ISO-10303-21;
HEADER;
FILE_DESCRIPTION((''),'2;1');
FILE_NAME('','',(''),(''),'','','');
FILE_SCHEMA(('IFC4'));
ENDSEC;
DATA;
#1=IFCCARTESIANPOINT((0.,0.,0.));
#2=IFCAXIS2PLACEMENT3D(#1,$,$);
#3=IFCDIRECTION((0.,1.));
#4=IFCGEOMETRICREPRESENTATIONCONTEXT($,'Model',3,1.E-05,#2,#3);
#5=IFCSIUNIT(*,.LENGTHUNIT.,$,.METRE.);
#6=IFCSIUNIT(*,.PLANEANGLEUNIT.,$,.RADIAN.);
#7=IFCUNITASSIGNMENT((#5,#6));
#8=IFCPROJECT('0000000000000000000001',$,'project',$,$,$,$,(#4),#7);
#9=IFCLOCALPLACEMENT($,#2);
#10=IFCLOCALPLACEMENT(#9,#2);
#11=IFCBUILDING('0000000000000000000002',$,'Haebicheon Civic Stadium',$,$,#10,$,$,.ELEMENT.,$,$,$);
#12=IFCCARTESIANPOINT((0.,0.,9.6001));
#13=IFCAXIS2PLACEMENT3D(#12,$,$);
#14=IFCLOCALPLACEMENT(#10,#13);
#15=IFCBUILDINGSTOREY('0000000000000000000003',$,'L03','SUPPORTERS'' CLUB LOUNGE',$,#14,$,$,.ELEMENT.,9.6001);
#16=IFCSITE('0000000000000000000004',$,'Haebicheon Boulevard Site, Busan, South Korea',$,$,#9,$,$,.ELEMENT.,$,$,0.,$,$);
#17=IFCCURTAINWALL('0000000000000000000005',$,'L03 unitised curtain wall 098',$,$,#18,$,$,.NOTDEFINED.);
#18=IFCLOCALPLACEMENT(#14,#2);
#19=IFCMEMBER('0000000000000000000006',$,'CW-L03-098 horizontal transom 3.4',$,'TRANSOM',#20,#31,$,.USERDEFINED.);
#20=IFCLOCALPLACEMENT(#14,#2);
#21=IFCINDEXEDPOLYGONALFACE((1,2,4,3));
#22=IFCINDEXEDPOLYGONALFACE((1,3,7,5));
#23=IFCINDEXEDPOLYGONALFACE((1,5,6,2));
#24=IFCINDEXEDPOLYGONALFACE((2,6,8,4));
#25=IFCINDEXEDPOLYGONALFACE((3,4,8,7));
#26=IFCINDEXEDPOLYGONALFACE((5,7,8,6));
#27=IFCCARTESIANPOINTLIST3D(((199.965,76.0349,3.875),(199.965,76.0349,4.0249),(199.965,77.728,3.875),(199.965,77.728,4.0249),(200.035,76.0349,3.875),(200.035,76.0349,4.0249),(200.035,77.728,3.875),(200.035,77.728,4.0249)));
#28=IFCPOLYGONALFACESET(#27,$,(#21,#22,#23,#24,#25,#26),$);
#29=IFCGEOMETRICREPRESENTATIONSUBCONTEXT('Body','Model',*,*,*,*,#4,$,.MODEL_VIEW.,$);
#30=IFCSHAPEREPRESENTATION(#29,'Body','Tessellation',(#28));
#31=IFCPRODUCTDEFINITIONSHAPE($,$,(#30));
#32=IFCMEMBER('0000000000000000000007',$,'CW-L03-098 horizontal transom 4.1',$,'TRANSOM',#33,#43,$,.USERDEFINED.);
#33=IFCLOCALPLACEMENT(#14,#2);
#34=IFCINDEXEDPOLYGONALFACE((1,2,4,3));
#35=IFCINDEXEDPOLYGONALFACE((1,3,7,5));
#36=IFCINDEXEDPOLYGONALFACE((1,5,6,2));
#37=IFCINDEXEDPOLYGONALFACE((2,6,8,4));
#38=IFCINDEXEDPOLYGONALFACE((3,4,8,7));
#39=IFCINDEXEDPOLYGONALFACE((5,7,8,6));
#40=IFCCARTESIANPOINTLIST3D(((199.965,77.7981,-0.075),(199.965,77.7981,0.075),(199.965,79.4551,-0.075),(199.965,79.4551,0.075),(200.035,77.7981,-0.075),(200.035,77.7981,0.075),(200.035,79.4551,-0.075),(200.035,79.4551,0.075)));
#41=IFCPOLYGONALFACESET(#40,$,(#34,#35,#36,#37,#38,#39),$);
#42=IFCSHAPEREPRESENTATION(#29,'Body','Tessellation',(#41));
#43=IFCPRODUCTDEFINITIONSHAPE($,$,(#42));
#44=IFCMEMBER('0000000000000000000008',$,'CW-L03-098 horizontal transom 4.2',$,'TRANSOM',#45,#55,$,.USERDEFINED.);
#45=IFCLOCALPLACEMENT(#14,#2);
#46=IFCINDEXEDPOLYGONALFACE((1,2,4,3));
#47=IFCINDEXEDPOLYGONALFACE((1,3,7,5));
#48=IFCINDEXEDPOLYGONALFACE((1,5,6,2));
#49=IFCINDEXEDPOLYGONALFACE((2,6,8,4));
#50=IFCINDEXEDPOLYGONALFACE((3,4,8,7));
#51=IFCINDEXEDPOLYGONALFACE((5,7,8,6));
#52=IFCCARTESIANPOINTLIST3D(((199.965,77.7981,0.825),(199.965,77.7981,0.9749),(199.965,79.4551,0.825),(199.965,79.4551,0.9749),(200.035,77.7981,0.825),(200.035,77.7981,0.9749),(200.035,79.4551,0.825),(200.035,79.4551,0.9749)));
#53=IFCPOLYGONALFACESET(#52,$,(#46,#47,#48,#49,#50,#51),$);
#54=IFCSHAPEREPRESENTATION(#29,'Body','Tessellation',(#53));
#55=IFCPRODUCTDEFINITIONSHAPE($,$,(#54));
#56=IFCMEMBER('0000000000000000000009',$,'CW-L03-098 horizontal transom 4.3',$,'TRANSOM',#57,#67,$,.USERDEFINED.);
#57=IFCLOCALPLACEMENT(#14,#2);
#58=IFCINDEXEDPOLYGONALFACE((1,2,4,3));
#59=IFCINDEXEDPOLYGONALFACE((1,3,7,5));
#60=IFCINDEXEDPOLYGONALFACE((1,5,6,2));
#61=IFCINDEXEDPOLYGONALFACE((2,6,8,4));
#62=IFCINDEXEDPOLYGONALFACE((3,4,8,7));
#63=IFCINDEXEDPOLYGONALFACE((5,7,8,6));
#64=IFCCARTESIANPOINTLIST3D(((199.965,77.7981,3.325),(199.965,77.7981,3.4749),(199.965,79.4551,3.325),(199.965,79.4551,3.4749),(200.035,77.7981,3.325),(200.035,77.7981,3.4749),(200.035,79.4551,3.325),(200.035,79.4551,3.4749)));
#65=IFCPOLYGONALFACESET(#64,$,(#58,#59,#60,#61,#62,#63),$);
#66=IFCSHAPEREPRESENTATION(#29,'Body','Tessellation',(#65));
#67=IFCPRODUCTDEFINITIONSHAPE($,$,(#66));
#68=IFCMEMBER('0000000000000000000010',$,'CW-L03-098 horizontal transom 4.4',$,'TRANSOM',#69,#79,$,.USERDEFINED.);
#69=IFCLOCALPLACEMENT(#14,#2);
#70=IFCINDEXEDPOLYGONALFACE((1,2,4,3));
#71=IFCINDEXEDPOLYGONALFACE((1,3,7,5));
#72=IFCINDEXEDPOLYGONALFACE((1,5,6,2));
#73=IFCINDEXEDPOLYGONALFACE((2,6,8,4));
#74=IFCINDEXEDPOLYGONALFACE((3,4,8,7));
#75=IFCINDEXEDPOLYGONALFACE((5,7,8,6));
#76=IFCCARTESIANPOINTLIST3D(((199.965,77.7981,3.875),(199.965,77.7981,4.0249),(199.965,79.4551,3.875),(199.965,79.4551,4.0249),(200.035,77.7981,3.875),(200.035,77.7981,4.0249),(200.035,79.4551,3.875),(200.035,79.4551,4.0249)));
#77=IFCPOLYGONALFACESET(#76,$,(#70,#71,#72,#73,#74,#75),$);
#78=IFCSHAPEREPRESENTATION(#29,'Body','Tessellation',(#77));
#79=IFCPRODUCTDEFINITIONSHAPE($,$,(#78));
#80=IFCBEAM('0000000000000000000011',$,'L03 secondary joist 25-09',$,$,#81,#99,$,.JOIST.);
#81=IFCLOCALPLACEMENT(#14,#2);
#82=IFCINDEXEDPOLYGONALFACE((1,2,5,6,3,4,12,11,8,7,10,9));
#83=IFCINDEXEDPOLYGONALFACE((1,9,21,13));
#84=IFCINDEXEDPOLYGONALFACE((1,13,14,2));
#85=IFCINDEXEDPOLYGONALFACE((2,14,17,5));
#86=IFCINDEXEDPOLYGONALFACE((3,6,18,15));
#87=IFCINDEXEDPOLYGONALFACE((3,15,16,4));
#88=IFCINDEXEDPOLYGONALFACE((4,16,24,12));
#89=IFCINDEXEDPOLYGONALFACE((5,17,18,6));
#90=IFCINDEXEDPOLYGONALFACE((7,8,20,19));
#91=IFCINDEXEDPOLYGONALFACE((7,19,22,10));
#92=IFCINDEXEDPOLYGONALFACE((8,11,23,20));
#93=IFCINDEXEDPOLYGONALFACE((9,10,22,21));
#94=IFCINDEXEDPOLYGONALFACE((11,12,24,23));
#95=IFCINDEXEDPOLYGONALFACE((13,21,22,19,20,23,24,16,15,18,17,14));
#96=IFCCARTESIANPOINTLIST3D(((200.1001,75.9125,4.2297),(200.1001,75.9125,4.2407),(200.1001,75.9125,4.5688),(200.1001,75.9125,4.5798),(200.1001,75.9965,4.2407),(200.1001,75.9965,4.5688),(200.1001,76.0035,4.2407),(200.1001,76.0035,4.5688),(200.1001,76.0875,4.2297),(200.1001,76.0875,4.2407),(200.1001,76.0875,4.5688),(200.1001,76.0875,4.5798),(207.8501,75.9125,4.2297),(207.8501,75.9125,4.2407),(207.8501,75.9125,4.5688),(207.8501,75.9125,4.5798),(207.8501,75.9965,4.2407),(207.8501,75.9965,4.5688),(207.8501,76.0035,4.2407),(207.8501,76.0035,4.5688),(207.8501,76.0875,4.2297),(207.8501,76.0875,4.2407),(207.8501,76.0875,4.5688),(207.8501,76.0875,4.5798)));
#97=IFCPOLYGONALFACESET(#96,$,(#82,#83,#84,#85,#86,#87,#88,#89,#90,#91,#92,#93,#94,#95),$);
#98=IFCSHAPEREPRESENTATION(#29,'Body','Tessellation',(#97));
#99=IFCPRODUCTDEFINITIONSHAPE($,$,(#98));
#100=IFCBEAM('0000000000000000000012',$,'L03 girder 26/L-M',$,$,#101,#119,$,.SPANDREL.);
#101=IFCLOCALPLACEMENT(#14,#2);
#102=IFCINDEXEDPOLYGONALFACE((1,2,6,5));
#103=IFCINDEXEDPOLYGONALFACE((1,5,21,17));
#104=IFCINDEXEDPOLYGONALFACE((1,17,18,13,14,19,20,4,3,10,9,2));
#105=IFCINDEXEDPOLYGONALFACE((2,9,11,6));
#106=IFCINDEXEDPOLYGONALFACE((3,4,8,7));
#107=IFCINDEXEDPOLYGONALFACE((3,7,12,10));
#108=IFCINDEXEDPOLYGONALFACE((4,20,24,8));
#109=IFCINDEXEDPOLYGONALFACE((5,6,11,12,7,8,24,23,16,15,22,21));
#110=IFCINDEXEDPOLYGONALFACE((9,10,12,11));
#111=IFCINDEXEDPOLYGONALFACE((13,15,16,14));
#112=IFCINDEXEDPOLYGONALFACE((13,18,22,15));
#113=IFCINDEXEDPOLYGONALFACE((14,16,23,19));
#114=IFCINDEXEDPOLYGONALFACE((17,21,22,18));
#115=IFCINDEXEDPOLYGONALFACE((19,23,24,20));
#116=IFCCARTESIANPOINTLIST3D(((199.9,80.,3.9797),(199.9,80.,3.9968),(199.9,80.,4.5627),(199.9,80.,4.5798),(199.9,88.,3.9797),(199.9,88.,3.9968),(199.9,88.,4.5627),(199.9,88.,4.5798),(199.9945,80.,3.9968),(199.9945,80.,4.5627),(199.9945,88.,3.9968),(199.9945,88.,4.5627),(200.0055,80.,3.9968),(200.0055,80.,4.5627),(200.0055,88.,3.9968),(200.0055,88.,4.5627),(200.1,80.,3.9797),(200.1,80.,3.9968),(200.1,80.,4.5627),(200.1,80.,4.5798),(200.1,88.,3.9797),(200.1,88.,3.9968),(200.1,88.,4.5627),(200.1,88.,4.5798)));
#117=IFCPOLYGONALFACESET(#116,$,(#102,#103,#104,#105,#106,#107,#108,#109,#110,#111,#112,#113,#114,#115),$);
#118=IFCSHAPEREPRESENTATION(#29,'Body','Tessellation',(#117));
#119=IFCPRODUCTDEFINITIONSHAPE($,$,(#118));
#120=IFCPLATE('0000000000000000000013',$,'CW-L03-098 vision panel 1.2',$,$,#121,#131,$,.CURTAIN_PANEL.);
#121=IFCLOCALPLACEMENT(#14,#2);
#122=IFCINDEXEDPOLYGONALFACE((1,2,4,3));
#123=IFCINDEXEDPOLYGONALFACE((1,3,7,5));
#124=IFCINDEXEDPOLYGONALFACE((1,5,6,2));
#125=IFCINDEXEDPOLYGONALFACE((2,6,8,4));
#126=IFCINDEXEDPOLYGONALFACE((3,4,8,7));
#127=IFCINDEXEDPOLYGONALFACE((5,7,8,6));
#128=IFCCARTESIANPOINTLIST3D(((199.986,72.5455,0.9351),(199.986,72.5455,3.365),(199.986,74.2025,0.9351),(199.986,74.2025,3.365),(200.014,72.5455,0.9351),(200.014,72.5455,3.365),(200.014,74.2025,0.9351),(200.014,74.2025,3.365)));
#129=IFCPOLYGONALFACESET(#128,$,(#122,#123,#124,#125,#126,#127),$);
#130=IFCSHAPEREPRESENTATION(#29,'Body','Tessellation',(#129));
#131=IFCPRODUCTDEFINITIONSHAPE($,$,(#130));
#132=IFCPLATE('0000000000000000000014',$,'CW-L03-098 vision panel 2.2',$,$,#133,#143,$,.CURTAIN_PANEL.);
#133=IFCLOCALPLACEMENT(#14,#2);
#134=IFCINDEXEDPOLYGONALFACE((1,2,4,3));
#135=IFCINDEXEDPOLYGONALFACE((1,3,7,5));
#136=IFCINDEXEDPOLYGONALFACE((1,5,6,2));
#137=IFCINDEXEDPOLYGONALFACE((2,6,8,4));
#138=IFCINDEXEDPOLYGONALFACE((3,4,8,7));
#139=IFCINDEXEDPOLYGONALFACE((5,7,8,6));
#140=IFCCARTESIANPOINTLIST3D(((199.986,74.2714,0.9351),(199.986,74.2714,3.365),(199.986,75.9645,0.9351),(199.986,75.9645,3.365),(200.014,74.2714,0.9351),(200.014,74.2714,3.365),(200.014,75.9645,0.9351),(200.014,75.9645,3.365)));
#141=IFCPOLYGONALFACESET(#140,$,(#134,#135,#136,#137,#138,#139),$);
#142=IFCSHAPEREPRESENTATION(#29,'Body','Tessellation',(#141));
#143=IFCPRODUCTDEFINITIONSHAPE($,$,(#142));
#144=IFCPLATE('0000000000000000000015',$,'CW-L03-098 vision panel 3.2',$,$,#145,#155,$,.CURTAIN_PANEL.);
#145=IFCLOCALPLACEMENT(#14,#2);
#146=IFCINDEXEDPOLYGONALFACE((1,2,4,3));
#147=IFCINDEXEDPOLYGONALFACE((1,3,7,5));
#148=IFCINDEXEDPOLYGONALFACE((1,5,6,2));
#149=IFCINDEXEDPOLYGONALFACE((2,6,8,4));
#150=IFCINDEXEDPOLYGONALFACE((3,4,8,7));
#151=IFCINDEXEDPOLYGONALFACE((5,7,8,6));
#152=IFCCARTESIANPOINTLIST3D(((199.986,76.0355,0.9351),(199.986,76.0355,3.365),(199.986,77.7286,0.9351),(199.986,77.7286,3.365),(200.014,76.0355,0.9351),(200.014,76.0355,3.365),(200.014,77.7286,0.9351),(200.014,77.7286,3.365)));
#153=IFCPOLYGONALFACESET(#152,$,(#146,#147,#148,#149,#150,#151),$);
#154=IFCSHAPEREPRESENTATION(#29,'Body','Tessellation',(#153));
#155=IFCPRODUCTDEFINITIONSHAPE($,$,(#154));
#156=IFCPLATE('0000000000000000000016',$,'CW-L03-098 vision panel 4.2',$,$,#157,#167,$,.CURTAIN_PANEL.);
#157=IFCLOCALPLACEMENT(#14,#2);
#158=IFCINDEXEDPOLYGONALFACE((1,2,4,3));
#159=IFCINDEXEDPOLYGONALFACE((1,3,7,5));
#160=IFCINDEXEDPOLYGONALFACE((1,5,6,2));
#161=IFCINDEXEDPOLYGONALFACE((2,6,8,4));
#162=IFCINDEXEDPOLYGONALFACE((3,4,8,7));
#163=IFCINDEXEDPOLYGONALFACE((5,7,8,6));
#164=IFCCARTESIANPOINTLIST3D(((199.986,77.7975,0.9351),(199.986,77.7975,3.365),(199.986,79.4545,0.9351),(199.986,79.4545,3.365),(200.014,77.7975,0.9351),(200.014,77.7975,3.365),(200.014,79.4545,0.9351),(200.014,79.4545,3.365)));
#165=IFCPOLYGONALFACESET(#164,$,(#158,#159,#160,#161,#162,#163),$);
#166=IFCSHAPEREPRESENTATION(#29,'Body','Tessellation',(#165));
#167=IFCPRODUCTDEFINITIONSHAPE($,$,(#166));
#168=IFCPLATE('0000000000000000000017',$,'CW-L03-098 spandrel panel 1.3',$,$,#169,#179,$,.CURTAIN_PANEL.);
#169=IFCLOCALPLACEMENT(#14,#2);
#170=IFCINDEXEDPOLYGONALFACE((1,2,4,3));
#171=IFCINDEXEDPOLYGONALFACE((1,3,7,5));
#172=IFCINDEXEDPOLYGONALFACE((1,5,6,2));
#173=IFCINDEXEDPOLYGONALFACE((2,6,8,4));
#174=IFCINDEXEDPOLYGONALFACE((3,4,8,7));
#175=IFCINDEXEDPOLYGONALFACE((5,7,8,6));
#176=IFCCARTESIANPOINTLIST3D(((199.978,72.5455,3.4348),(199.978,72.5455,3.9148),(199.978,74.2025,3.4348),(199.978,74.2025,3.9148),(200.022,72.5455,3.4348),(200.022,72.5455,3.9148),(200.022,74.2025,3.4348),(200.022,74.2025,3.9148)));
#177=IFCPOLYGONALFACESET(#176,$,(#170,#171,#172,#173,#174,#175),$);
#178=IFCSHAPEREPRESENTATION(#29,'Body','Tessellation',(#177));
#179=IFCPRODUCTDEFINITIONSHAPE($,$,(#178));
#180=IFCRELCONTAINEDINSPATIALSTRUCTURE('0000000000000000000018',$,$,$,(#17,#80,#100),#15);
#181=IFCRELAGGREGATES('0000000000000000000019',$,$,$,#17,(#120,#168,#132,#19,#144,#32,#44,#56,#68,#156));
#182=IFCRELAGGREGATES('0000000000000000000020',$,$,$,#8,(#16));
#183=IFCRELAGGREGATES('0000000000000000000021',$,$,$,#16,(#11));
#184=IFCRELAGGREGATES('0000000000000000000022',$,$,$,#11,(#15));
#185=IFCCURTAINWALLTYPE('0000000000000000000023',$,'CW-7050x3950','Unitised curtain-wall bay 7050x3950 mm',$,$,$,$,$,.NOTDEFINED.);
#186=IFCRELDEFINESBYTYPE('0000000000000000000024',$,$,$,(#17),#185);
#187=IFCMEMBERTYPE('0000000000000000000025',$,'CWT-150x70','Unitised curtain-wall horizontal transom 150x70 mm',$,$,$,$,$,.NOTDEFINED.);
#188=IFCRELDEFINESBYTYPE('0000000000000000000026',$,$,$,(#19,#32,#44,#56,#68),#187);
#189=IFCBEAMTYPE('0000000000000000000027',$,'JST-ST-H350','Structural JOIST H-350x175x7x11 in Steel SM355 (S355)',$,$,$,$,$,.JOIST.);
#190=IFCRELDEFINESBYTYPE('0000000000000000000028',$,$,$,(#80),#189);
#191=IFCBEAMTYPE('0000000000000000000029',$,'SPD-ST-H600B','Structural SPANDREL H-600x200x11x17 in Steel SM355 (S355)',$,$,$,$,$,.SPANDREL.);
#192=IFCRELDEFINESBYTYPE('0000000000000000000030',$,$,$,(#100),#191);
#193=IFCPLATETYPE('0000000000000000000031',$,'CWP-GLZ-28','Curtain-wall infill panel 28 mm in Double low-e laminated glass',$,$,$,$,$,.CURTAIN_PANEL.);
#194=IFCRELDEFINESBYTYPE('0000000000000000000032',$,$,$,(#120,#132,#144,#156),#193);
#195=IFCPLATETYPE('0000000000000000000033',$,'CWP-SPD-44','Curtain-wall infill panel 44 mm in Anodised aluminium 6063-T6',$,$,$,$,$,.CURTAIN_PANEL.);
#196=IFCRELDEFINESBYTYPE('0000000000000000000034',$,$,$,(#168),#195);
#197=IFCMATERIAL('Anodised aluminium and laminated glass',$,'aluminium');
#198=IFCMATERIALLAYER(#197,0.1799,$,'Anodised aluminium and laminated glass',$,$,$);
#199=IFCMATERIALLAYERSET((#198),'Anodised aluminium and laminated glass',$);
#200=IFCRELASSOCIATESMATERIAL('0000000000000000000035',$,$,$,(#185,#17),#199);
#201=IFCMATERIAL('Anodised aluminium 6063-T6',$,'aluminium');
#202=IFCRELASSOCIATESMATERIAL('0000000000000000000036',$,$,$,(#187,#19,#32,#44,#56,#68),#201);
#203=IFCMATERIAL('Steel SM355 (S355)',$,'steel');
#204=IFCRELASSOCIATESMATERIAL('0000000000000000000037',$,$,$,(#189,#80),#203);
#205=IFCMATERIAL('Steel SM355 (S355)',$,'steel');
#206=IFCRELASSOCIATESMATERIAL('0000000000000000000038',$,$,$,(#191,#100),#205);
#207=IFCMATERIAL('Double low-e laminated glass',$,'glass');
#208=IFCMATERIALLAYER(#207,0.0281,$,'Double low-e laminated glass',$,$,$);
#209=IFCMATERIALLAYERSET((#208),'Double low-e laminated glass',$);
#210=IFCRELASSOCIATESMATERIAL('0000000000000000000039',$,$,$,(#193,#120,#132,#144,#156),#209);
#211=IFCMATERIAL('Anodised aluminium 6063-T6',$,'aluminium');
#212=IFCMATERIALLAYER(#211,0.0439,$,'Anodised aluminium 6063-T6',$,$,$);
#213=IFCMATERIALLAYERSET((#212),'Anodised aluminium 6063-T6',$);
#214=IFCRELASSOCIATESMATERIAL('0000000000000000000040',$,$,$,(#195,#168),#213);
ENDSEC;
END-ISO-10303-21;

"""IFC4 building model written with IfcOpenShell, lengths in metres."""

from ifc_helpers import new_model, si_unit, direction, frame, origin, origin_2d, place, context, subcontext, project, spatial, rectangle, i_section, extrude, material, layer, layer_set, material_profile, profile_set, type_object, element, aggregate, save


model = new_model("IFC4")

# Units and contexts
model_context = context("Model", 3, precision=1e-05, world=origin(), true_north=direction((0.0, 1.0)))
body_context = subcontext(model_context, "Body", "Model", "MODEL_VIEW")
ifc_project = project(units=[si_unit("LENGTHUNIT", "METRE"), si_unit("PLANEANGLEUNIT", "RADIAN")], contexts=[model_context])

# Site, building, storey
site_placement = place(None, origin())
site = spatial("IfcSite", under=ifc_project, at=site_placement, Name="Haebicheon Boulevard Site, Busan, South Korea", CompositionType="ELEMENT", RefElevation=0.0)
building_placement = place(site_placement, origin())
building = spatial("IfcBuilding", under=site, at=building_placement, Name="Haebicheon Civic Stadium", CompositionType="ELEMENT")
storey_placement = place(building_placement, frame((0.0, 0.0, 9.6001)))
storey = spatial("IfcBuildingStorey", under=building, at=storey_placement, Name="L03", Description="SUPPORTERS' CLUB LOUNGE", CompositionType="ELEMENT", Elevation=9.6001)

# Curtain wall, members
ifc_material_1 = material(Name="Anodised aluminium and laminated glass", Category="aluminium")
ifc_layer_1 = layer(ifc_material_1, 0.1799, Name="Anodised aluminium and laminated glass")
ifc_layer_set_1 = layer_set([ifc_layer_1], Name="Anodised aluminium and laminated glass")
curtain_wall_type = type_object("IfcCurtainWallType", Name="CW-7050x3950", Description="Unitised curtain-wall bay 7050x3950 mm", PredefinedType="NOTDEFINED", material=ifc_layer_set_1)
curtain_wall_placement = place(storey_placement, origin())
curtain_wall = element("IfcCurtainWall", 1, at=curtain_wall_placement, inside=storey, type_object=curtain_wall_type, material=ifc_layer_set_1, Name="L03 unitised curtain wall 098", PredefinedType="NOTDEFINED")
ifc_material_2 = material(Name="Anodised aluminium 6063-T6", Category="aluminium")
ifc_material_profile_1 = material_profile(ifc_material_2, rectangle(XDim=0.0701, YDim=0.1499, at=origin_2d()), Name="ALU-TRAN-70x150")
ifc_profile_set_1 = profile_set([ifc_material_profile_1], Name="Anodised aluminium 6063-T6")
member_type_1 = type_object("IfcMemberType", Name="CWT-150x70", Description="Unitised curtain-wall horizontal transom 150x70 mm", PredefinedType="NOTDEFINED", material=ifc_profile_set_1)
member_1_placement = place(storey_placement, frame((200.0, 76.0349, 3.95), z_axis=(0.0, 1.0, 0.0), x_axis=(-1.0, 0.0, 0.0)))
member_1 = element("IfcMember", 2, at=member_1_placement, type_object=member_type_1, material=ifc_profile_set_1, Name="CW-L03-098 horizontal transom 3.4", ObjectType="TRANSOM", PredefinedType="USERDEFINED", context=body_context, shape_type="SweptSolid", body=[
    extrude(rectangle(XDim=0.0701, YDim=0.1499, at=origin_2d()), origin(), (0.0, 0.0, 1.0), 1.6931),
])
member_2_placement = place(storey_placement, frame((200.0, 77.7981, 0.0), z_axis=(0.0, 1.0, 0.0), x_axis=(-1.0, 0.0, 0.0)))
member_2 = element("IfcMember", 3, at=member_2_placement, type_object=member_type_1, material=ifc_profile_set_1, Name="CW-L03-098 horizontal transom 4.1", ObjectType="TRANSOM", PredefinedType="USERDEFINED", context=body_context, shape_type="SweptSolid", body=[
    extrude(rectangle(XDim=0.0701, YDim=0.1499, at=origin_2d()), origin(), (0.0, 0.0, 1.0), 1.657),
])
member_3_placement = place(storey_placement, frame((200.0, 77.7981, 0.8999), z_axis=(0.0, 1.0, 0.0), x_axis=(-1.0, 0.0, 0.0)))
member_3 = element("IfcMember", 4, at=member_3_placement, type_object=member_type_1, material=ifc_profile_set_1, Name="CW-L03-098 horizontal transom 4.2", ObjectType="TRANSOM", PredefinedType="USERDEFINED", context=body_context, shape_type="SweptSolid", body=[
    extrude(rectangle(XDim=0.0701, YDim=0.1499, at=origin_2d()), origin(), (0.0, 0.0, 1.0), 1.657),
])
member_4_placement = place(storey_placement, frame((200.0, 77.7981, 3.3999), z_axis=(0.0, 1.0, 0.0), x_axis=(-1.0, 0.0, 0.0)))
member_4 = element("IfcMember", 5, at=member_4_placement, type_object=member_type_1, material=ifc_profile_set_1, Name="CW-L03-098 horizontal transom 4.3", ObjectType="TRANSOM", PredefinedType="USERDEFINED", context=body_context, shape_type="SweptSolid", body=[
    extrude(rectangle(XDim=0.0701, YDim=0.1499, at=origin_2d()), origin(), (0.0, 0.0, 1.0), 1.657),
])
member_5_placement = place(storey_placement, frame((200.0, 77.7981, 3.95), z_axis=(0.0, 1.0, 0.0), x_axis=(-1.0, 0.0, 0.0)))
member_5 = element("IfcMember", 6, at=member_5_placement, type_object=member_type_1, material=ifc_profile_set_1, Name="CW-L03-098 horizontal transom 4.4", ObjectType="TRANSOM", PredefinedType="USERDEFINED", context=body_context, shape_type="SweptSolid", body=[
    extrude(rectangle(XDim=0.0701, YDim=0.1499, at=origin_2d()), origin(), (0.0, 0.0, 1.0), 1.657),
])

# Beams
ifc_material_3 = material(Name="Steel SM355 (S355)", Category="steel")
ifc_material_profile_2 = material_profile(ifc_material_3, i_section(OverallWidth=0.175, OverallDepth=0.3501, WebThickness=0.0071, FlangeThickness=0.011, at=origin_2d()), Name="H-350x175x7x11")
ifc_profile_set_2 = profile_set([ifc_material_profile_2], Name="Steel SM355 (S355)")
beam_type_1 = type_object("IfcBeamType", Name="JST-ST-H350", Description="Structural JOIST H-350x175x7x11 in Steel SM355 (S355)", PredefinedType="JOIST", material=ifc_profile_set_2)
beam_1_placement = place(storey_placement, frame((200.1001, 76.0, 4.4048), z_axis=(1.0, 0.0, 0.0), x_axis=(0.0, 1.0, 0.0)))
element("IfcBeam", 7, at=beam_1_placement, inside=storey, type_object=beam_type_1, material=ifc_profile_set_2, Name="L03 secondary joist 25-09", PredefinedType="JOIST", context=body_context, shape_type="SweptSolid", body=[
    extrude(i_section(OverallWidth=0.175, OverallDepth=0.3501, WebThickness=0.0071, FlangeThickness=0.011, at=origin_2d()), origin(), (0.0, 0.0, 1.0), 7.75),
])
ifc_material_4 = material(Name="Steel SM355 (S355)", Category="steel")
ifc_material_profile_3 = material_profile(ifc_material_4, i_section(OverallWidth=0.2, OverallDepth=0.6001, WebThickness=0.011, FlangeThickness=0.0171, at=origin_2d()), Name="H-600x200x11x17")
ifc_profile_set_3 = profile_set([ifc_material_profile_3], Name="Steel SM355 (S355)")
beam_type_2 = type_object("IfcBeamType", Name="SPD-ST-H600B", Description="Structural SPANDREL H-600x200x11x17 in Steel SM355 (S355)", PredefinedType="SPANDREL", material=ifc_profile_set_3)
beam_2_placement = place(storey_placement, frame((200.0, 80.0, 4.2798), z_axis=(0.0, 1.0, 0.0), x_axis=(-1.0, 0.0, 0.0)))
element("IfcBeam", 8, at=beam_2_placement, inside=storey, type_object=beam_type_2, material=ifc_profile_set_3, Name="L03 girder 26/L-M", PredefinedType="SPANDREL", context=body_context, shape_type="SweptSolid", body=[
    extrude(i_section(OverallWidth=0.2, OverallDepth=0.6001, WebThickness=0.011, FlangeThickness=0.0171, at=origin_2d()), origin(), (0.0, 0.0, 1.0), 8.0),
])

# Plates
ifc_material_5 = material(Name="Double low-e laminated glass", Category="glass")
ifc_layer_2 = layer(ifc_material_5, 0.0281, Name="Double low-e laminated glass")
ifc_layer_set_2 = layer_set([ifc_layer_2], Name="Double low-e laminated glass")
plate_type_1 = type_object("IfcPlateType", Name="CWP-GLZ-28", Description="Curtain-wall infill panel 28 mm in Double low-e laminated glass", PredefinedType="CURTAIN_PANEL", material=ifc_layer_set_2)
plate_1_placement = place(storey_placement, frame((200.0, 73.374, 0.9351), z_axis=(0.0, 0.0, 1.0), x_axis=(0.0, 1.0, 0.0)))
plate_1 = element("IfcPlate", 9, at=plate_1_placement, type_object=plate_type_1, material=ifc_layer_set_2, Name="CW-L03-098 vision panel 1.2", PredefinedType="CURTAIN_PANEL", context=body_context, shape_type="SweptSolid", body=[
    extrude(rectangle(XDim=1.657, YDim=0.0281, at=origin_2d()), origin(), (0.0, 0.0, 1.0), 2.4299),
])
plate_2_placement = place(storey_placement, frame((200.0, 75.1179, 0.9351), z_axis=(0.0, 0.0, 1.0), x_axis=(0.0, 1.0, 0.0)))
plate_2 = element("IfcPlate", 10, at=plate_2_placement, type_object=plate_type_1, material=ifc_layer_set_2, Name="CW-L03-098 vision panel 2.2", PredefinedType="CURTAIN_PANEL", context=body_context, shape_type="SweptSolid", body=[
    extrude(rectangle(XDim=1.6931, YDim=0.0281, at=origin_2d()), origin(), (0.0, 0.0, 1.0), 2.4299),
])
plate_3_placement = place(storey_placement, frame((200.0, 76.8821, 0.9351), z_axis=(0.0, 0.0, 1.0), x_axis=(0.0, 1.0, 0.0)))
plate_3 = element("IfcPlate", 11, at=plate_3_placement, type_object=plate_type_1, material=ifc_layer_set_2, Name="CW-L03-098 vision panel 3.2", PredefinedType="CURTAIN_PANEL", context=body_context, shape_type="SweptSolid", body=[
    extrude(rectangle(XDim=1.6931, YDim=0.0281, at=origin_2d()), origin(), (0.0, 0.0, 1.0), 2.4299),
])
plate_4_placement = place(storey_placement, frame((200.0, 78.626, 0.9351), z_axis=(0.0, 0.0, 1.0), x_axis=(0.0, 1.0, 0.0)))
plate_4 = element("IfcPlate", 12, at=plate_4_placement, type_object=plate_type_1, material=ifc_layer_set_2, Name="CW-L03-098 vision panel 4.2", PredefinedType="CURTAIN_PANEL", context=body_context, shape_type="SweptSolid", body=[
    extrude(rectangle(XDim=1.657, YDim=0.0281, at=origin_2d()), origin(), (0.0, 0.0, 1.0), 2.4299),
])
ifc_material_6 = material(Name="Anodised aluminium 6063-T6", Category="aluminium")
ifc_layer_3 = layer(ifc_material_6, 0.0439, Name="Anodised aluminium 6063-T6")
ifc_layer_set_3 = layer_set([ifc_layer_3], Name="Anodised aluminium 6063-T6")
plate_type_2 = type_object("IfcPlateType", Name="CWP-SPD-44", Description="Curtain-wall infill panel 44 mm in Anodised aluminium 6063-T6", PredefinedType="CURTAIN_PANEL", material=ifc_layer_set_3)
plate_5_placement = place(storey_placement, frame((200.0, 73.374, 3.4348), z_axis=(0.0, 0.0, 1.0), x_axis=(0.0, 1.0, 0.0)))
plate_5 = element("IfcPlate", 13, at=plate_5_placement, type_object=plate_type_2, material=ifc_layer_set_3, Name="CW-L03-098 spandrel panel 1.3", PredefinedType="CURTAIN_PANEL", context=body_context, shape_type="SweptSolid", body=[
    extrude(rectangle(XDim=1.657, YDim=0.0439, at=origin_2d()), origin(), (0.0, 0.0, 1.0), 0.48),
])
aggregate(curtain_wall, [plate_1, plate_5, plate_2, member_1, plate_3, member_2, member_3, member_4, member_5, plate_4])

save(model, "model.ifc")
